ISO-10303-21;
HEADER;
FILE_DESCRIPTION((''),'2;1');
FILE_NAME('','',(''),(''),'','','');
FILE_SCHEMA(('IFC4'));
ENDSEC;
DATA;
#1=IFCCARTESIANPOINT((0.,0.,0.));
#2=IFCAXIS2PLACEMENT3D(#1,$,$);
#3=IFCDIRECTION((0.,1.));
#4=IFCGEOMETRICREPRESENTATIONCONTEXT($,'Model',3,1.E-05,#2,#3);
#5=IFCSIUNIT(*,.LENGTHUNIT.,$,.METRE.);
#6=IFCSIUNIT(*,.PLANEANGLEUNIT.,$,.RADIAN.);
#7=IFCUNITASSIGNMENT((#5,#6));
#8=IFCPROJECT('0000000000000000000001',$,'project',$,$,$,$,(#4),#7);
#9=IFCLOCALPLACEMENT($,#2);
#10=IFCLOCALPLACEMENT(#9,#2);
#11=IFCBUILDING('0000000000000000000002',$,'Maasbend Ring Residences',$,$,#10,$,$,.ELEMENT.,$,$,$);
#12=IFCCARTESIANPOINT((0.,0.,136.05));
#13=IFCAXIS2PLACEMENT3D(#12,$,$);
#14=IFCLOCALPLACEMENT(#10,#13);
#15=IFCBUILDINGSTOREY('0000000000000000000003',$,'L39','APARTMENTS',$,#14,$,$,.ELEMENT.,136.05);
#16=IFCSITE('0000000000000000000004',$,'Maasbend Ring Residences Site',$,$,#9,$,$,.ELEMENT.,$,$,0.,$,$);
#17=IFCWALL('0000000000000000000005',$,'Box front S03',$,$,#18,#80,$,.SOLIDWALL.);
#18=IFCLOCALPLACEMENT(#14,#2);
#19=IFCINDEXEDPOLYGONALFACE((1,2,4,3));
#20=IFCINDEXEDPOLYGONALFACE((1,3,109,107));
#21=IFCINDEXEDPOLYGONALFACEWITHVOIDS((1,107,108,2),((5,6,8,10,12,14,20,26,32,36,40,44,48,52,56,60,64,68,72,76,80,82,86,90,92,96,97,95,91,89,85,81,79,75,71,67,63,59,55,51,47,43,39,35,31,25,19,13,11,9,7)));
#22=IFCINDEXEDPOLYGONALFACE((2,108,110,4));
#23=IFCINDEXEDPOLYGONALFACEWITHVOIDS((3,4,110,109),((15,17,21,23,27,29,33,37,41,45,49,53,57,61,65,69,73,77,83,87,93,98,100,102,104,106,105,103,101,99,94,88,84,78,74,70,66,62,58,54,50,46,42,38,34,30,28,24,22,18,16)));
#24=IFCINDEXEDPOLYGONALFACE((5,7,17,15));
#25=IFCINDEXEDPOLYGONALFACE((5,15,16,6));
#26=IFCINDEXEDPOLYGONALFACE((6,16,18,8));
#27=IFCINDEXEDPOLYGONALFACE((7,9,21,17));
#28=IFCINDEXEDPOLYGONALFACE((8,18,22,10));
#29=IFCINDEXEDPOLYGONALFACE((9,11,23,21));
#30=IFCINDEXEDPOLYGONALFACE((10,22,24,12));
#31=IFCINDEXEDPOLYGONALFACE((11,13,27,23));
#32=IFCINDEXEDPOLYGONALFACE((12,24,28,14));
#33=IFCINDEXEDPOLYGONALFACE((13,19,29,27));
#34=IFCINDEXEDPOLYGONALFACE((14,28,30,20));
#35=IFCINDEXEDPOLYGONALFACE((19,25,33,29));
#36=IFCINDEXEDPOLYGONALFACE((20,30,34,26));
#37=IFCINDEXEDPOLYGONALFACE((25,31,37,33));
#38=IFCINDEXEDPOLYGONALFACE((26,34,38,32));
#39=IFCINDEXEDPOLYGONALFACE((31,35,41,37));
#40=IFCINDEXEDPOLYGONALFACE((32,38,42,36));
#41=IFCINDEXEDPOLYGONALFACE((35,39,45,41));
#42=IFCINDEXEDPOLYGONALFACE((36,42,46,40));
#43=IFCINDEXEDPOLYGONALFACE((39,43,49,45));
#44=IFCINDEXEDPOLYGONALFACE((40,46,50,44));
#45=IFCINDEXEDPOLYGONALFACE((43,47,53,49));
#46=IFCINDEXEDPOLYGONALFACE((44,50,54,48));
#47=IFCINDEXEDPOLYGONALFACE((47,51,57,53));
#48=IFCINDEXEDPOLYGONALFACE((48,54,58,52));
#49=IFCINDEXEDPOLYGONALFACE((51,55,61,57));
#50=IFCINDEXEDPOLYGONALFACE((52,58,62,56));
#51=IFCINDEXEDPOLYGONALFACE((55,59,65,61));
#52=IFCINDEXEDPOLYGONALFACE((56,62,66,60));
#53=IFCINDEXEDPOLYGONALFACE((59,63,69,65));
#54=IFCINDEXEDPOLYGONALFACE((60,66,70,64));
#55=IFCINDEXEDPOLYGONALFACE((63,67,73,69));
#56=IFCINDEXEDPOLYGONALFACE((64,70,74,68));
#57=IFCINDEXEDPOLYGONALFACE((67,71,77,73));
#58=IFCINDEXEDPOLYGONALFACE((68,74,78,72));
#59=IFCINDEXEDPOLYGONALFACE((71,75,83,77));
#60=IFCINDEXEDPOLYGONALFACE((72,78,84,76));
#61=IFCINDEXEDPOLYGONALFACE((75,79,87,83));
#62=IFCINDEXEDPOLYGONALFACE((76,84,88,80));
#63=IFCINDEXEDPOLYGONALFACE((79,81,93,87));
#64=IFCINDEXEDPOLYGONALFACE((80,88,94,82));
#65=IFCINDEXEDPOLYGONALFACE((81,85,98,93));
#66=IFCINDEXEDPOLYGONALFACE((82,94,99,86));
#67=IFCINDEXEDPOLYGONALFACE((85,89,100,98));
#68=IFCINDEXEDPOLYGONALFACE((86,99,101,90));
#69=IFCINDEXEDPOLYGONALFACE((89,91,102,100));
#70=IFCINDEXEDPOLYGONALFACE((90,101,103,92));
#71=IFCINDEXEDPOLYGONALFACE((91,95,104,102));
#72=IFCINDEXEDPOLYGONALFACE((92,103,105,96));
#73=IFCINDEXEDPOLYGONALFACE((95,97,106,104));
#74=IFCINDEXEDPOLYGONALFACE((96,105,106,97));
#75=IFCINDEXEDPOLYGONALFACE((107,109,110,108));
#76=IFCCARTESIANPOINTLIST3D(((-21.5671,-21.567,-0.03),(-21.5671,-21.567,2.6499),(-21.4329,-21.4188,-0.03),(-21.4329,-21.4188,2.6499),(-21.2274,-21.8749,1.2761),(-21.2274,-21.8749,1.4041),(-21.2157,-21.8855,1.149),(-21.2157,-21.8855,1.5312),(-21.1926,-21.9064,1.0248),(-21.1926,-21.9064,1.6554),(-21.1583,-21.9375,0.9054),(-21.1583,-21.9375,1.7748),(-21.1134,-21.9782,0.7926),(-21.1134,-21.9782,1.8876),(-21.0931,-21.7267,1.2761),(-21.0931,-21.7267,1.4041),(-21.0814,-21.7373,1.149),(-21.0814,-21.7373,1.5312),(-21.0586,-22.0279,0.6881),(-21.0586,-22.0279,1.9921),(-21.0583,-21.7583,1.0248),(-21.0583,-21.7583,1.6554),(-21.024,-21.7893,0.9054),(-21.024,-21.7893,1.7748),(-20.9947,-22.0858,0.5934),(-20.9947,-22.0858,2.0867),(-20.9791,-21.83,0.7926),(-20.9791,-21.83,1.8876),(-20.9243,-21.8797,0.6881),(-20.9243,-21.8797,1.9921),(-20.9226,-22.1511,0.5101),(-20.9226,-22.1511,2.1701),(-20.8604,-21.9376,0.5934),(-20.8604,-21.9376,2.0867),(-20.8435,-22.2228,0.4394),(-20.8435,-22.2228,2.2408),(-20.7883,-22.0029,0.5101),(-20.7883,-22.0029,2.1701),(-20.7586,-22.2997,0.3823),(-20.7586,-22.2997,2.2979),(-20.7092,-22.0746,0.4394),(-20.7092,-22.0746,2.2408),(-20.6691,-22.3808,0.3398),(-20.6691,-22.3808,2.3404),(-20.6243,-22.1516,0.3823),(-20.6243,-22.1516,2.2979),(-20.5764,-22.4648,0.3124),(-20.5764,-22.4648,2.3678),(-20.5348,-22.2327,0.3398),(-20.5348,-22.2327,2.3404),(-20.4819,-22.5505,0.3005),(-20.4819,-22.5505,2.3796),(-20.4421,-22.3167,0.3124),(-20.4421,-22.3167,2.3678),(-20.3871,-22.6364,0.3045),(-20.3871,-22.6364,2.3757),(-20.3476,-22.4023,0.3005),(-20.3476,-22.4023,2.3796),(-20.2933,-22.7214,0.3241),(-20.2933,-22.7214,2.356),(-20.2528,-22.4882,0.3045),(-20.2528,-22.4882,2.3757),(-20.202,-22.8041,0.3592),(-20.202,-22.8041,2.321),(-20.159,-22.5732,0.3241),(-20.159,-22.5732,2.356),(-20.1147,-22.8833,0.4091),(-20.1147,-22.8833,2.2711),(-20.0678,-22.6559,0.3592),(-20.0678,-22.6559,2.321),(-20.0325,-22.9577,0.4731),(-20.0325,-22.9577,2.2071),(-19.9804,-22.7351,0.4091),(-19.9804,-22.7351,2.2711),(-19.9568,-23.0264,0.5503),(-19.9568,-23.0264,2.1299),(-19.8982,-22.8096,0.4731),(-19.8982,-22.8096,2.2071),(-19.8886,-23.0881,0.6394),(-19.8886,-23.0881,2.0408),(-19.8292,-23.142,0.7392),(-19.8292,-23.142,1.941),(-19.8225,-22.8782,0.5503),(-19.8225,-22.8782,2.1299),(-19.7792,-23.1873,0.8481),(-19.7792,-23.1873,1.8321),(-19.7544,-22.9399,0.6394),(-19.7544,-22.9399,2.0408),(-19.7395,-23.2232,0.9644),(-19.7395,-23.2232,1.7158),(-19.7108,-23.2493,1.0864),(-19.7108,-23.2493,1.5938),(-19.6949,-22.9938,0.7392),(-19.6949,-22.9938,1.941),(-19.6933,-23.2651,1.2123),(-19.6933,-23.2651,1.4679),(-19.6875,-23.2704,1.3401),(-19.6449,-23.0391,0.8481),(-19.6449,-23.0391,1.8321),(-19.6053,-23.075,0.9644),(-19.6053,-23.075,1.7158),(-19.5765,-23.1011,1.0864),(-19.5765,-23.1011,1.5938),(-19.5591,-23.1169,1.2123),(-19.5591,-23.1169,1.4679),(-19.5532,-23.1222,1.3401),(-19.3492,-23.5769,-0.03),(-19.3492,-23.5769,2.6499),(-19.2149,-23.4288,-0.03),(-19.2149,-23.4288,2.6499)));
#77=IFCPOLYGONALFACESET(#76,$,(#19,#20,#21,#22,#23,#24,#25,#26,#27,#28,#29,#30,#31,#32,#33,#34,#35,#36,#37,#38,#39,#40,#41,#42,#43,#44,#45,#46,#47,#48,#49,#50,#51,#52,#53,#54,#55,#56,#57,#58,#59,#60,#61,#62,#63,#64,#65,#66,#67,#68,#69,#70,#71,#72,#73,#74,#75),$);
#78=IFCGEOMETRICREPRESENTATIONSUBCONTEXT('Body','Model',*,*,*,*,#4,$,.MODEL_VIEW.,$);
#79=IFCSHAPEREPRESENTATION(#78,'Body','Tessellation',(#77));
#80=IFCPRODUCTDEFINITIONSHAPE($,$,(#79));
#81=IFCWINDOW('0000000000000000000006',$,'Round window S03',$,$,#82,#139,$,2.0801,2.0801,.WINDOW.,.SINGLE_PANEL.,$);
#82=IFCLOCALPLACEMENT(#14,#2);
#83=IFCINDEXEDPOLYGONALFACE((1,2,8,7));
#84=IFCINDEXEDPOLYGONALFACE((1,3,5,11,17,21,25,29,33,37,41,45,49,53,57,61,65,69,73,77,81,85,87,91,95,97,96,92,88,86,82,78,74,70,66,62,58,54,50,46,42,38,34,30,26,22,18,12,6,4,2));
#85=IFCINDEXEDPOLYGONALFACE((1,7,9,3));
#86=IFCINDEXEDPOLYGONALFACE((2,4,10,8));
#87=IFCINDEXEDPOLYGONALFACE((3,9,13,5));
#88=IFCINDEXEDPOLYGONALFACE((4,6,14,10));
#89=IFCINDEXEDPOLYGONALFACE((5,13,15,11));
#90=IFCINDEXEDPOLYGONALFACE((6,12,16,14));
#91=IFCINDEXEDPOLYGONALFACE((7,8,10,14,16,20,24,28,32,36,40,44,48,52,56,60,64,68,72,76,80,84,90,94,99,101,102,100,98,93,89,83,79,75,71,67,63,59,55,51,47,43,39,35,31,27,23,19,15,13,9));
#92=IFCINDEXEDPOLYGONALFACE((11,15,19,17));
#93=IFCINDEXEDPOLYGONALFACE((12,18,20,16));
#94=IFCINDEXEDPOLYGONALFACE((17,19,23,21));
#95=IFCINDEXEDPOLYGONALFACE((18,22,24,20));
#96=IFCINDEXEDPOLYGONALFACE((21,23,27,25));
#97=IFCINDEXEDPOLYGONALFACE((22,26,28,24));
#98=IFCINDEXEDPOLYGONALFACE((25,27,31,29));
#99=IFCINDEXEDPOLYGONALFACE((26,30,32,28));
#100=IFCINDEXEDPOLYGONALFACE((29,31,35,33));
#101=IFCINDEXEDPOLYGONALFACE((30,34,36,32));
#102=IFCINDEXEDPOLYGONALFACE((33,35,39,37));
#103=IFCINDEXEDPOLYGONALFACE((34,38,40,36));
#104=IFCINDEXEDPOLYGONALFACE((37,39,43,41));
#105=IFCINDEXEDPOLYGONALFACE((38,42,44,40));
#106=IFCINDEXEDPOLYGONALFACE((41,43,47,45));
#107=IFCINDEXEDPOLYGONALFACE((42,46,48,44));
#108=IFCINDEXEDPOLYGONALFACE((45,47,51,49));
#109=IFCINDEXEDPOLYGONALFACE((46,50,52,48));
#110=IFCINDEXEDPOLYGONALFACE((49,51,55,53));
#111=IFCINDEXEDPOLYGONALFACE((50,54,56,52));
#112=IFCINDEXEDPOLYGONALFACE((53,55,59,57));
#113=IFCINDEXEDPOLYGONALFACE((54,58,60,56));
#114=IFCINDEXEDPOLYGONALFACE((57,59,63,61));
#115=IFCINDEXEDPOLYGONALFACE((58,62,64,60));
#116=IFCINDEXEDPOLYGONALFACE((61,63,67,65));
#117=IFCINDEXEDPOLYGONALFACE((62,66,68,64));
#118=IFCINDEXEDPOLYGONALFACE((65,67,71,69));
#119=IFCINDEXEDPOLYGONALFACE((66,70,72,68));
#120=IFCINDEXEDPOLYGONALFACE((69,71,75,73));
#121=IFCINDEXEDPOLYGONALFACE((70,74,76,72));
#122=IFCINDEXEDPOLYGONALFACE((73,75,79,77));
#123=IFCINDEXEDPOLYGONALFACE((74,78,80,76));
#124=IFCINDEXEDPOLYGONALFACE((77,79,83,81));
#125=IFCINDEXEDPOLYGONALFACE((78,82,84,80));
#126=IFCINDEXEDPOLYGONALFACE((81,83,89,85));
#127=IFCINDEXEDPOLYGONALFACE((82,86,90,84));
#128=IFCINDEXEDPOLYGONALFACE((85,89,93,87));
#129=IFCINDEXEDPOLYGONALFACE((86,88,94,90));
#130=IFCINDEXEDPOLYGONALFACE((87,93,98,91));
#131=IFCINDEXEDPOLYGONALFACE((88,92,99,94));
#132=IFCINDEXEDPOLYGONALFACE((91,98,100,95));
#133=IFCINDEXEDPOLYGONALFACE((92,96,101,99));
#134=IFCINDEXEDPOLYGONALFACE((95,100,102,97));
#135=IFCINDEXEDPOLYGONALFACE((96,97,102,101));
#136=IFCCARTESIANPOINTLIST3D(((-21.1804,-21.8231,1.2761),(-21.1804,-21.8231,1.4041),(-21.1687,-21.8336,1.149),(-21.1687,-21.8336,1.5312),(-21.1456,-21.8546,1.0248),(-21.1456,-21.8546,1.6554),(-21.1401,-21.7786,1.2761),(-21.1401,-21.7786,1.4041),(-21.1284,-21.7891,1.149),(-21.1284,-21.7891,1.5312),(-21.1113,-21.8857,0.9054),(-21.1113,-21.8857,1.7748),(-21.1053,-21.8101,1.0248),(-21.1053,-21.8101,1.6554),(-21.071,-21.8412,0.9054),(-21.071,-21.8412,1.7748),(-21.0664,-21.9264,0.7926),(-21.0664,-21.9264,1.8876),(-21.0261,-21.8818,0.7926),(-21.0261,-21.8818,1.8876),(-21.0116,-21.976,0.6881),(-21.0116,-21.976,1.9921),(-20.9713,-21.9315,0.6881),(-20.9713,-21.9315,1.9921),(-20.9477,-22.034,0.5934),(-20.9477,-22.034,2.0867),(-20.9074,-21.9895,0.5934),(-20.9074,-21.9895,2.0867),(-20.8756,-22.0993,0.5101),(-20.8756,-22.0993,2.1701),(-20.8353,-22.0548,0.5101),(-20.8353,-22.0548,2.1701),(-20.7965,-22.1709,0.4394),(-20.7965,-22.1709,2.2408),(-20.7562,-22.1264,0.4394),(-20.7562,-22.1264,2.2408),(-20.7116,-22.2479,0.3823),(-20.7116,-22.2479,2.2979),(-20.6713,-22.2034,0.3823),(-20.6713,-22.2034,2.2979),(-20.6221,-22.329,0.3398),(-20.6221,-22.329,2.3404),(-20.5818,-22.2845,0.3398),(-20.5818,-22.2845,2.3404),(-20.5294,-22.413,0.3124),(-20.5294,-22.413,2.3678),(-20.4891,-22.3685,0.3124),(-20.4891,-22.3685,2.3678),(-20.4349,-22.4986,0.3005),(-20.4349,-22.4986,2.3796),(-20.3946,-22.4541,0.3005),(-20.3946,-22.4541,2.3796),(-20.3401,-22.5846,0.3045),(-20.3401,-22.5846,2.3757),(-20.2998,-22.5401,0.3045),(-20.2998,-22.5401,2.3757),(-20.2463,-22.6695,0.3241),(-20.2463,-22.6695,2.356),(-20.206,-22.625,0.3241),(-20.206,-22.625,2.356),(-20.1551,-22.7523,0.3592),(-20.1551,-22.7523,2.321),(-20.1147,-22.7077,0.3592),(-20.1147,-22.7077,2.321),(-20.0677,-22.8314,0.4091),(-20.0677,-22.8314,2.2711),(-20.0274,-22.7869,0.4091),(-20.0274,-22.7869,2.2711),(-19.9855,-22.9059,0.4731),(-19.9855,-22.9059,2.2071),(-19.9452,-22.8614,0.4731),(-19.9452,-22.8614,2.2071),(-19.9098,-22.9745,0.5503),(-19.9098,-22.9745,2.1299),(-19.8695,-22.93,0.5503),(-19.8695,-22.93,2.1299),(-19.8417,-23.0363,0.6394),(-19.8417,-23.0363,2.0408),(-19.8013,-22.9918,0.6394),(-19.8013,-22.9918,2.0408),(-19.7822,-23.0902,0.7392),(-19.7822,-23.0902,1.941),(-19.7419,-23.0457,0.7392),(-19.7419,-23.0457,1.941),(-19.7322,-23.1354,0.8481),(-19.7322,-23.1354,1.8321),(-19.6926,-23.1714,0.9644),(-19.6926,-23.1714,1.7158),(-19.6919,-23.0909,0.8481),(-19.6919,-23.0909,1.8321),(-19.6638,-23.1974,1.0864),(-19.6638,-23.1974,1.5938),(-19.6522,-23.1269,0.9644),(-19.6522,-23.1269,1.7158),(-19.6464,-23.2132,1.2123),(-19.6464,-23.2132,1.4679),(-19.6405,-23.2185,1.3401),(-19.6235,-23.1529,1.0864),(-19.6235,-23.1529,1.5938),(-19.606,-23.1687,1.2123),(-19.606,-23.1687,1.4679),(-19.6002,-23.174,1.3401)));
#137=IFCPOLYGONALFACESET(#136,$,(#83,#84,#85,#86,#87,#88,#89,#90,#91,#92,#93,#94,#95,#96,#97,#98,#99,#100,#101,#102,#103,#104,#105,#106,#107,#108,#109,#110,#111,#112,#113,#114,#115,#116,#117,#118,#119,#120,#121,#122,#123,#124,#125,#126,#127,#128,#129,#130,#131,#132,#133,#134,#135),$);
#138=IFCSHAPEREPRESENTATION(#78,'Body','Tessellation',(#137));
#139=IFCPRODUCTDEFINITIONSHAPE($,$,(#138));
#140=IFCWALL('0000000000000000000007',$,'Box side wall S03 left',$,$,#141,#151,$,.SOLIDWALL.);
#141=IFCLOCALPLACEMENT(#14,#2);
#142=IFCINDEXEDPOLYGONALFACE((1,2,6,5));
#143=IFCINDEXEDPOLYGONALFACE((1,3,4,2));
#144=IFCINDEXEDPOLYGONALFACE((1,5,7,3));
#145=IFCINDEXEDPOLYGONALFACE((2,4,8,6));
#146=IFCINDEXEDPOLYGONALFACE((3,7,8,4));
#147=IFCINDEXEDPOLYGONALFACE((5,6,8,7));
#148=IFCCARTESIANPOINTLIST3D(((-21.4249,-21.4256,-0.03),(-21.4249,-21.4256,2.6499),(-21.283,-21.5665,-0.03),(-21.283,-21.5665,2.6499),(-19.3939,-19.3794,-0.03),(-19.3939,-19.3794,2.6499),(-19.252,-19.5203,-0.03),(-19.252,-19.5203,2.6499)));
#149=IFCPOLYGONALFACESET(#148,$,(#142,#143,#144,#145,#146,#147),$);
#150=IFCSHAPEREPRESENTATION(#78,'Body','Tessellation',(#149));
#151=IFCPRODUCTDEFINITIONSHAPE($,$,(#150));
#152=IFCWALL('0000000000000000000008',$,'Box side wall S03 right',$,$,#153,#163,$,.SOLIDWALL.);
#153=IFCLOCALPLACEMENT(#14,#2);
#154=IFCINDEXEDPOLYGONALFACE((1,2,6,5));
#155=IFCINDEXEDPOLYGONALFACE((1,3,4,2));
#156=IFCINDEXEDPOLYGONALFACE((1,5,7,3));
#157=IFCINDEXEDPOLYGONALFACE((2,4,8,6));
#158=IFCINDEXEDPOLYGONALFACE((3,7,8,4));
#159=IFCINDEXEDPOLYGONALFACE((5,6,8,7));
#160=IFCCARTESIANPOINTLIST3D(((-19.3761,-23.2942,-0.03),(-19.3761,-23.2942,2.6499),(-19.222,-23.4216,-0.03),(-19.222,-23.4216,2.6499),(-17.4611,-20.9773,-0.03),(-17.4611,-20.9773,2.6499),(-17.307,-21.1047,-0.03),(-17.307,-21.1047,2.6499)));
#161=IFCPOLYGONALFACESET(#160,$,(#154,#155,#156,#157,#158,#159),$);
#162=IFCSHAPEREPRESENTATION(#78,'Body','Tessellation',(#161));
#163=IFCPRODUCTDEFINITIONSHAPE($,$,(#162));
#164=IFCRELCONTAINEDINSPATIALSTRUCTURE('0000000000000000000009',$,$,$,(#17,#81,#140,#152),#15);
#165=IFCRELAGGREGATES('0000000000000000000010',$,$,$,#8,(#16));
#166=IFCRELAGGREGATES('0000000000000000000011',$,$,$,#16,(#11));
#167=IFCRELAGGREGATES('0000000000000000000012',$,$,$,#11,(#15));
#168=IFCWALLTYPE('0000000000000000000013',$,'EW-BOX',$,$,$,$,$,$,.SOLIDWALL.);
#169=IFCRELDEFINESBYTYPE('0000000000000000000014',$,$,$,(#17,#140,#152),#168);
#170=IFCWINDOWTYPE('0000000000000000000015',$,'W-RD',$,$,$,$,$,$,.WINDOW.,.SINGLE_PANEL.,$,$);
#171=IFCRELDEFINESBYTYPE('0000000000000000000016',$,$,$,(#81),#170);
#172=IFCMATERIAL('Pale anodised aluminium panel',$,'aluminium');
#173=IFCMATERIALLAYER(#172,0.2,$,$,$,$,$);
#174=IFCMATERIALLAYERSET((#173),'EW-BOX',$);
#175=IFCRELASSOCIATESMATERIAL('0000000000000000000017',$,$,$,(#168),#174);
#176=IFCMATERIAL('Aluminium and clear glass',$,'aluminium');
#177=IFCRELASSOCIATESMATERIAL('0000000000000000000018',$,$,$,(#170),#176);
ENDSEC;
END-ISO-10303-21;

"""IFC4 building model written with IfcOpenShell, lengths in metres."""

from ifc_helpers import new_model, si_unit, direction, frame, frame_2d, origin, place, context, subcontext, project, spatial, rectangle, circle, extrude, material, layer, layer_set, type_object, element, fill, save


model = new_model("IFC4")

# Units and contexts
model_context = context("Model", 3, precision=1e-05, world=origin(), true_north=direction((0.0, 1.0)))
body_context = subcontext(model_context, "Body", "Model", "MODEL_VIEW")
ifc_project = project(units=[si_unit("LENGTHUNIT", "METRE"), si_unit("PLANEANGLEUNIT", "RADIAN")], contexts=[model_context])

# Site, building, storey
site_placement = place(None, origin())
site = spatial("IfcSite", under=ifc_project, at=site_placement, Name="Maasbend Ring Residences Site", CompositionType="ELEMENT", RefElevation=0.0)
building_placement = place(site_placement, origin())
building = spatial("IfcBuilding", under=site, at=building_placement, Name="Maasbend Ring Residences", CompositionType="ELEMENT")
storey_placement = place(building_placement, frame((0.0, 0.0, 136.05)))
storey = spatial("IfcBuildingStorey", under=building, at=storey_placement, Name="L39", Description="APARTMENTS", CompositionType="ELEMENT", Elevation=136.05)

# Wall, opening, window
ifc_material_1 = material(Name="Pale anodised aluminium panel", Category="aluminium")
ifc_layer_1 = layer(ifc_material_1, 0.2)
ifc_layer_set_1 = layer_set([ifc_layer_1], Name="EW-BOX")
wall_type_1 = type_object("IfcWallType", Name="EW-BOX", PredefinedType="SOLIDWALL", material=ifc_layer_set_1)
wall_1_placement = place(storey_placement, frame((-21.5, -21.4929, -0.03), z_axis=(0.0, 0.0, 1.0), x_axis=(0.740998, -0.671507, 0.0)))
wall_1 = element("IfcWall", 1, at=wall_1_placement, inside=storey, type_object=wall_type_1, Name="Box front S03", PredefinedType="SOLIDWALL", context=body_context, shape_type="SweptSolid", body=[
    extrude(rectangle(XDim=2.9932, YDim=0.2, at=frame_2d((1.4966, 0.0))), origin(), (0.0, 0.0, 1.0), 2.6799),
])
opening_1_placement = place(wall_1_placement, frame((0.4565, 0.0, 0.3301)))
opening_1 = element("IfcOpeningElement", 2, at=opening_1_placement, cuts=wall_1, PredefinedType="OPENING", context=body_context, shape_type="SweptSolid", body=[
    extrude(circle(Radius=1.04, at=frame_2d((1.04, 1.04))), frame((0.0, 0.1099, 0.0), z_axis=(0.0, -1.0, 0.0), x_axis=(1.0, 0.0, 0.0)), (0.0, 0.0, 1.0), 0.22),
])
ifc_material_2 = material(Name="Aluminium and clear glass", Category="aluminium")
window_type_1 = type_object("IfcWindowType", Name="W-RD", PartitioningType="SINGLE_PANEL", PredefinedType="WINDOW", material=ifc_material_2)
window_1_placement = place(opening_1_placement, origin())
window_1 = element("IfcWindow", 3, at=window_1_placement, inside=storey, type_object=window_type_1, Name="Round window S03", OverallHeight=2.0801, OverallWidth=2.0801, PartitioningType="SINGLE_PANEL", PredefinedType="WINDOW", context=body_context, shape_type="SweptSolid", body=[
    extrude(circle(Radius=1.04, at=frame_2d((1.04, 1.04))), frame((0.0, 0.03, 0.0), z_axis=(0.0, -1.0, 0.0), x_axis=(1.0, 0.0, 0.0)), (0.0, 0.0, 1.0), 0.0601),
])
fill(opening_1, window_1)

# Walls
wall_2_placement = place(storey_placement, frame((-19.323, -19.45, -0.03), z_axis=(0.0, 0.0, 1.0), x_axis=(-0.704477, -0.709727, 0.0)))
element("IfcWall", 4, at=wall_2_placement, inside=storey, type_object=wall_type_1, Name="Box side wall S03 left", PredefinedType="SOLIDWALL", context=body_context, shape_type="SweptSolid", body=[
    extrude(rectangle(XDim=2.8831, YDim=0.2, at=frame_2d((1.4414, 0.0))), origin(), (0.0, 0.0, 1.0), 2.6799),
])
wall_3_placement = place(storey_placement, frame((-17.384, -21.041, -0.03), z_axis=(0.0, 0.0, 1.0), x_axis=(-0.637096, -0.770785, 0.0)))
element("IfcWall", 5, at=wall_3_placement, inside=storey, type_object=wall_type_1, Name="Box side wall S03 right", PredefinedType="SOLIDWALL", context=body_context, shape_type="SweptSolid", body=[
    extrude(rectangle(XDim=3.0059, YDim=0.2, at=frame_2d((1.5029, 0.0))), origin(), (0.0, 0.0, 1.0), 2.6799),
])

save(model, "model.ifc")
